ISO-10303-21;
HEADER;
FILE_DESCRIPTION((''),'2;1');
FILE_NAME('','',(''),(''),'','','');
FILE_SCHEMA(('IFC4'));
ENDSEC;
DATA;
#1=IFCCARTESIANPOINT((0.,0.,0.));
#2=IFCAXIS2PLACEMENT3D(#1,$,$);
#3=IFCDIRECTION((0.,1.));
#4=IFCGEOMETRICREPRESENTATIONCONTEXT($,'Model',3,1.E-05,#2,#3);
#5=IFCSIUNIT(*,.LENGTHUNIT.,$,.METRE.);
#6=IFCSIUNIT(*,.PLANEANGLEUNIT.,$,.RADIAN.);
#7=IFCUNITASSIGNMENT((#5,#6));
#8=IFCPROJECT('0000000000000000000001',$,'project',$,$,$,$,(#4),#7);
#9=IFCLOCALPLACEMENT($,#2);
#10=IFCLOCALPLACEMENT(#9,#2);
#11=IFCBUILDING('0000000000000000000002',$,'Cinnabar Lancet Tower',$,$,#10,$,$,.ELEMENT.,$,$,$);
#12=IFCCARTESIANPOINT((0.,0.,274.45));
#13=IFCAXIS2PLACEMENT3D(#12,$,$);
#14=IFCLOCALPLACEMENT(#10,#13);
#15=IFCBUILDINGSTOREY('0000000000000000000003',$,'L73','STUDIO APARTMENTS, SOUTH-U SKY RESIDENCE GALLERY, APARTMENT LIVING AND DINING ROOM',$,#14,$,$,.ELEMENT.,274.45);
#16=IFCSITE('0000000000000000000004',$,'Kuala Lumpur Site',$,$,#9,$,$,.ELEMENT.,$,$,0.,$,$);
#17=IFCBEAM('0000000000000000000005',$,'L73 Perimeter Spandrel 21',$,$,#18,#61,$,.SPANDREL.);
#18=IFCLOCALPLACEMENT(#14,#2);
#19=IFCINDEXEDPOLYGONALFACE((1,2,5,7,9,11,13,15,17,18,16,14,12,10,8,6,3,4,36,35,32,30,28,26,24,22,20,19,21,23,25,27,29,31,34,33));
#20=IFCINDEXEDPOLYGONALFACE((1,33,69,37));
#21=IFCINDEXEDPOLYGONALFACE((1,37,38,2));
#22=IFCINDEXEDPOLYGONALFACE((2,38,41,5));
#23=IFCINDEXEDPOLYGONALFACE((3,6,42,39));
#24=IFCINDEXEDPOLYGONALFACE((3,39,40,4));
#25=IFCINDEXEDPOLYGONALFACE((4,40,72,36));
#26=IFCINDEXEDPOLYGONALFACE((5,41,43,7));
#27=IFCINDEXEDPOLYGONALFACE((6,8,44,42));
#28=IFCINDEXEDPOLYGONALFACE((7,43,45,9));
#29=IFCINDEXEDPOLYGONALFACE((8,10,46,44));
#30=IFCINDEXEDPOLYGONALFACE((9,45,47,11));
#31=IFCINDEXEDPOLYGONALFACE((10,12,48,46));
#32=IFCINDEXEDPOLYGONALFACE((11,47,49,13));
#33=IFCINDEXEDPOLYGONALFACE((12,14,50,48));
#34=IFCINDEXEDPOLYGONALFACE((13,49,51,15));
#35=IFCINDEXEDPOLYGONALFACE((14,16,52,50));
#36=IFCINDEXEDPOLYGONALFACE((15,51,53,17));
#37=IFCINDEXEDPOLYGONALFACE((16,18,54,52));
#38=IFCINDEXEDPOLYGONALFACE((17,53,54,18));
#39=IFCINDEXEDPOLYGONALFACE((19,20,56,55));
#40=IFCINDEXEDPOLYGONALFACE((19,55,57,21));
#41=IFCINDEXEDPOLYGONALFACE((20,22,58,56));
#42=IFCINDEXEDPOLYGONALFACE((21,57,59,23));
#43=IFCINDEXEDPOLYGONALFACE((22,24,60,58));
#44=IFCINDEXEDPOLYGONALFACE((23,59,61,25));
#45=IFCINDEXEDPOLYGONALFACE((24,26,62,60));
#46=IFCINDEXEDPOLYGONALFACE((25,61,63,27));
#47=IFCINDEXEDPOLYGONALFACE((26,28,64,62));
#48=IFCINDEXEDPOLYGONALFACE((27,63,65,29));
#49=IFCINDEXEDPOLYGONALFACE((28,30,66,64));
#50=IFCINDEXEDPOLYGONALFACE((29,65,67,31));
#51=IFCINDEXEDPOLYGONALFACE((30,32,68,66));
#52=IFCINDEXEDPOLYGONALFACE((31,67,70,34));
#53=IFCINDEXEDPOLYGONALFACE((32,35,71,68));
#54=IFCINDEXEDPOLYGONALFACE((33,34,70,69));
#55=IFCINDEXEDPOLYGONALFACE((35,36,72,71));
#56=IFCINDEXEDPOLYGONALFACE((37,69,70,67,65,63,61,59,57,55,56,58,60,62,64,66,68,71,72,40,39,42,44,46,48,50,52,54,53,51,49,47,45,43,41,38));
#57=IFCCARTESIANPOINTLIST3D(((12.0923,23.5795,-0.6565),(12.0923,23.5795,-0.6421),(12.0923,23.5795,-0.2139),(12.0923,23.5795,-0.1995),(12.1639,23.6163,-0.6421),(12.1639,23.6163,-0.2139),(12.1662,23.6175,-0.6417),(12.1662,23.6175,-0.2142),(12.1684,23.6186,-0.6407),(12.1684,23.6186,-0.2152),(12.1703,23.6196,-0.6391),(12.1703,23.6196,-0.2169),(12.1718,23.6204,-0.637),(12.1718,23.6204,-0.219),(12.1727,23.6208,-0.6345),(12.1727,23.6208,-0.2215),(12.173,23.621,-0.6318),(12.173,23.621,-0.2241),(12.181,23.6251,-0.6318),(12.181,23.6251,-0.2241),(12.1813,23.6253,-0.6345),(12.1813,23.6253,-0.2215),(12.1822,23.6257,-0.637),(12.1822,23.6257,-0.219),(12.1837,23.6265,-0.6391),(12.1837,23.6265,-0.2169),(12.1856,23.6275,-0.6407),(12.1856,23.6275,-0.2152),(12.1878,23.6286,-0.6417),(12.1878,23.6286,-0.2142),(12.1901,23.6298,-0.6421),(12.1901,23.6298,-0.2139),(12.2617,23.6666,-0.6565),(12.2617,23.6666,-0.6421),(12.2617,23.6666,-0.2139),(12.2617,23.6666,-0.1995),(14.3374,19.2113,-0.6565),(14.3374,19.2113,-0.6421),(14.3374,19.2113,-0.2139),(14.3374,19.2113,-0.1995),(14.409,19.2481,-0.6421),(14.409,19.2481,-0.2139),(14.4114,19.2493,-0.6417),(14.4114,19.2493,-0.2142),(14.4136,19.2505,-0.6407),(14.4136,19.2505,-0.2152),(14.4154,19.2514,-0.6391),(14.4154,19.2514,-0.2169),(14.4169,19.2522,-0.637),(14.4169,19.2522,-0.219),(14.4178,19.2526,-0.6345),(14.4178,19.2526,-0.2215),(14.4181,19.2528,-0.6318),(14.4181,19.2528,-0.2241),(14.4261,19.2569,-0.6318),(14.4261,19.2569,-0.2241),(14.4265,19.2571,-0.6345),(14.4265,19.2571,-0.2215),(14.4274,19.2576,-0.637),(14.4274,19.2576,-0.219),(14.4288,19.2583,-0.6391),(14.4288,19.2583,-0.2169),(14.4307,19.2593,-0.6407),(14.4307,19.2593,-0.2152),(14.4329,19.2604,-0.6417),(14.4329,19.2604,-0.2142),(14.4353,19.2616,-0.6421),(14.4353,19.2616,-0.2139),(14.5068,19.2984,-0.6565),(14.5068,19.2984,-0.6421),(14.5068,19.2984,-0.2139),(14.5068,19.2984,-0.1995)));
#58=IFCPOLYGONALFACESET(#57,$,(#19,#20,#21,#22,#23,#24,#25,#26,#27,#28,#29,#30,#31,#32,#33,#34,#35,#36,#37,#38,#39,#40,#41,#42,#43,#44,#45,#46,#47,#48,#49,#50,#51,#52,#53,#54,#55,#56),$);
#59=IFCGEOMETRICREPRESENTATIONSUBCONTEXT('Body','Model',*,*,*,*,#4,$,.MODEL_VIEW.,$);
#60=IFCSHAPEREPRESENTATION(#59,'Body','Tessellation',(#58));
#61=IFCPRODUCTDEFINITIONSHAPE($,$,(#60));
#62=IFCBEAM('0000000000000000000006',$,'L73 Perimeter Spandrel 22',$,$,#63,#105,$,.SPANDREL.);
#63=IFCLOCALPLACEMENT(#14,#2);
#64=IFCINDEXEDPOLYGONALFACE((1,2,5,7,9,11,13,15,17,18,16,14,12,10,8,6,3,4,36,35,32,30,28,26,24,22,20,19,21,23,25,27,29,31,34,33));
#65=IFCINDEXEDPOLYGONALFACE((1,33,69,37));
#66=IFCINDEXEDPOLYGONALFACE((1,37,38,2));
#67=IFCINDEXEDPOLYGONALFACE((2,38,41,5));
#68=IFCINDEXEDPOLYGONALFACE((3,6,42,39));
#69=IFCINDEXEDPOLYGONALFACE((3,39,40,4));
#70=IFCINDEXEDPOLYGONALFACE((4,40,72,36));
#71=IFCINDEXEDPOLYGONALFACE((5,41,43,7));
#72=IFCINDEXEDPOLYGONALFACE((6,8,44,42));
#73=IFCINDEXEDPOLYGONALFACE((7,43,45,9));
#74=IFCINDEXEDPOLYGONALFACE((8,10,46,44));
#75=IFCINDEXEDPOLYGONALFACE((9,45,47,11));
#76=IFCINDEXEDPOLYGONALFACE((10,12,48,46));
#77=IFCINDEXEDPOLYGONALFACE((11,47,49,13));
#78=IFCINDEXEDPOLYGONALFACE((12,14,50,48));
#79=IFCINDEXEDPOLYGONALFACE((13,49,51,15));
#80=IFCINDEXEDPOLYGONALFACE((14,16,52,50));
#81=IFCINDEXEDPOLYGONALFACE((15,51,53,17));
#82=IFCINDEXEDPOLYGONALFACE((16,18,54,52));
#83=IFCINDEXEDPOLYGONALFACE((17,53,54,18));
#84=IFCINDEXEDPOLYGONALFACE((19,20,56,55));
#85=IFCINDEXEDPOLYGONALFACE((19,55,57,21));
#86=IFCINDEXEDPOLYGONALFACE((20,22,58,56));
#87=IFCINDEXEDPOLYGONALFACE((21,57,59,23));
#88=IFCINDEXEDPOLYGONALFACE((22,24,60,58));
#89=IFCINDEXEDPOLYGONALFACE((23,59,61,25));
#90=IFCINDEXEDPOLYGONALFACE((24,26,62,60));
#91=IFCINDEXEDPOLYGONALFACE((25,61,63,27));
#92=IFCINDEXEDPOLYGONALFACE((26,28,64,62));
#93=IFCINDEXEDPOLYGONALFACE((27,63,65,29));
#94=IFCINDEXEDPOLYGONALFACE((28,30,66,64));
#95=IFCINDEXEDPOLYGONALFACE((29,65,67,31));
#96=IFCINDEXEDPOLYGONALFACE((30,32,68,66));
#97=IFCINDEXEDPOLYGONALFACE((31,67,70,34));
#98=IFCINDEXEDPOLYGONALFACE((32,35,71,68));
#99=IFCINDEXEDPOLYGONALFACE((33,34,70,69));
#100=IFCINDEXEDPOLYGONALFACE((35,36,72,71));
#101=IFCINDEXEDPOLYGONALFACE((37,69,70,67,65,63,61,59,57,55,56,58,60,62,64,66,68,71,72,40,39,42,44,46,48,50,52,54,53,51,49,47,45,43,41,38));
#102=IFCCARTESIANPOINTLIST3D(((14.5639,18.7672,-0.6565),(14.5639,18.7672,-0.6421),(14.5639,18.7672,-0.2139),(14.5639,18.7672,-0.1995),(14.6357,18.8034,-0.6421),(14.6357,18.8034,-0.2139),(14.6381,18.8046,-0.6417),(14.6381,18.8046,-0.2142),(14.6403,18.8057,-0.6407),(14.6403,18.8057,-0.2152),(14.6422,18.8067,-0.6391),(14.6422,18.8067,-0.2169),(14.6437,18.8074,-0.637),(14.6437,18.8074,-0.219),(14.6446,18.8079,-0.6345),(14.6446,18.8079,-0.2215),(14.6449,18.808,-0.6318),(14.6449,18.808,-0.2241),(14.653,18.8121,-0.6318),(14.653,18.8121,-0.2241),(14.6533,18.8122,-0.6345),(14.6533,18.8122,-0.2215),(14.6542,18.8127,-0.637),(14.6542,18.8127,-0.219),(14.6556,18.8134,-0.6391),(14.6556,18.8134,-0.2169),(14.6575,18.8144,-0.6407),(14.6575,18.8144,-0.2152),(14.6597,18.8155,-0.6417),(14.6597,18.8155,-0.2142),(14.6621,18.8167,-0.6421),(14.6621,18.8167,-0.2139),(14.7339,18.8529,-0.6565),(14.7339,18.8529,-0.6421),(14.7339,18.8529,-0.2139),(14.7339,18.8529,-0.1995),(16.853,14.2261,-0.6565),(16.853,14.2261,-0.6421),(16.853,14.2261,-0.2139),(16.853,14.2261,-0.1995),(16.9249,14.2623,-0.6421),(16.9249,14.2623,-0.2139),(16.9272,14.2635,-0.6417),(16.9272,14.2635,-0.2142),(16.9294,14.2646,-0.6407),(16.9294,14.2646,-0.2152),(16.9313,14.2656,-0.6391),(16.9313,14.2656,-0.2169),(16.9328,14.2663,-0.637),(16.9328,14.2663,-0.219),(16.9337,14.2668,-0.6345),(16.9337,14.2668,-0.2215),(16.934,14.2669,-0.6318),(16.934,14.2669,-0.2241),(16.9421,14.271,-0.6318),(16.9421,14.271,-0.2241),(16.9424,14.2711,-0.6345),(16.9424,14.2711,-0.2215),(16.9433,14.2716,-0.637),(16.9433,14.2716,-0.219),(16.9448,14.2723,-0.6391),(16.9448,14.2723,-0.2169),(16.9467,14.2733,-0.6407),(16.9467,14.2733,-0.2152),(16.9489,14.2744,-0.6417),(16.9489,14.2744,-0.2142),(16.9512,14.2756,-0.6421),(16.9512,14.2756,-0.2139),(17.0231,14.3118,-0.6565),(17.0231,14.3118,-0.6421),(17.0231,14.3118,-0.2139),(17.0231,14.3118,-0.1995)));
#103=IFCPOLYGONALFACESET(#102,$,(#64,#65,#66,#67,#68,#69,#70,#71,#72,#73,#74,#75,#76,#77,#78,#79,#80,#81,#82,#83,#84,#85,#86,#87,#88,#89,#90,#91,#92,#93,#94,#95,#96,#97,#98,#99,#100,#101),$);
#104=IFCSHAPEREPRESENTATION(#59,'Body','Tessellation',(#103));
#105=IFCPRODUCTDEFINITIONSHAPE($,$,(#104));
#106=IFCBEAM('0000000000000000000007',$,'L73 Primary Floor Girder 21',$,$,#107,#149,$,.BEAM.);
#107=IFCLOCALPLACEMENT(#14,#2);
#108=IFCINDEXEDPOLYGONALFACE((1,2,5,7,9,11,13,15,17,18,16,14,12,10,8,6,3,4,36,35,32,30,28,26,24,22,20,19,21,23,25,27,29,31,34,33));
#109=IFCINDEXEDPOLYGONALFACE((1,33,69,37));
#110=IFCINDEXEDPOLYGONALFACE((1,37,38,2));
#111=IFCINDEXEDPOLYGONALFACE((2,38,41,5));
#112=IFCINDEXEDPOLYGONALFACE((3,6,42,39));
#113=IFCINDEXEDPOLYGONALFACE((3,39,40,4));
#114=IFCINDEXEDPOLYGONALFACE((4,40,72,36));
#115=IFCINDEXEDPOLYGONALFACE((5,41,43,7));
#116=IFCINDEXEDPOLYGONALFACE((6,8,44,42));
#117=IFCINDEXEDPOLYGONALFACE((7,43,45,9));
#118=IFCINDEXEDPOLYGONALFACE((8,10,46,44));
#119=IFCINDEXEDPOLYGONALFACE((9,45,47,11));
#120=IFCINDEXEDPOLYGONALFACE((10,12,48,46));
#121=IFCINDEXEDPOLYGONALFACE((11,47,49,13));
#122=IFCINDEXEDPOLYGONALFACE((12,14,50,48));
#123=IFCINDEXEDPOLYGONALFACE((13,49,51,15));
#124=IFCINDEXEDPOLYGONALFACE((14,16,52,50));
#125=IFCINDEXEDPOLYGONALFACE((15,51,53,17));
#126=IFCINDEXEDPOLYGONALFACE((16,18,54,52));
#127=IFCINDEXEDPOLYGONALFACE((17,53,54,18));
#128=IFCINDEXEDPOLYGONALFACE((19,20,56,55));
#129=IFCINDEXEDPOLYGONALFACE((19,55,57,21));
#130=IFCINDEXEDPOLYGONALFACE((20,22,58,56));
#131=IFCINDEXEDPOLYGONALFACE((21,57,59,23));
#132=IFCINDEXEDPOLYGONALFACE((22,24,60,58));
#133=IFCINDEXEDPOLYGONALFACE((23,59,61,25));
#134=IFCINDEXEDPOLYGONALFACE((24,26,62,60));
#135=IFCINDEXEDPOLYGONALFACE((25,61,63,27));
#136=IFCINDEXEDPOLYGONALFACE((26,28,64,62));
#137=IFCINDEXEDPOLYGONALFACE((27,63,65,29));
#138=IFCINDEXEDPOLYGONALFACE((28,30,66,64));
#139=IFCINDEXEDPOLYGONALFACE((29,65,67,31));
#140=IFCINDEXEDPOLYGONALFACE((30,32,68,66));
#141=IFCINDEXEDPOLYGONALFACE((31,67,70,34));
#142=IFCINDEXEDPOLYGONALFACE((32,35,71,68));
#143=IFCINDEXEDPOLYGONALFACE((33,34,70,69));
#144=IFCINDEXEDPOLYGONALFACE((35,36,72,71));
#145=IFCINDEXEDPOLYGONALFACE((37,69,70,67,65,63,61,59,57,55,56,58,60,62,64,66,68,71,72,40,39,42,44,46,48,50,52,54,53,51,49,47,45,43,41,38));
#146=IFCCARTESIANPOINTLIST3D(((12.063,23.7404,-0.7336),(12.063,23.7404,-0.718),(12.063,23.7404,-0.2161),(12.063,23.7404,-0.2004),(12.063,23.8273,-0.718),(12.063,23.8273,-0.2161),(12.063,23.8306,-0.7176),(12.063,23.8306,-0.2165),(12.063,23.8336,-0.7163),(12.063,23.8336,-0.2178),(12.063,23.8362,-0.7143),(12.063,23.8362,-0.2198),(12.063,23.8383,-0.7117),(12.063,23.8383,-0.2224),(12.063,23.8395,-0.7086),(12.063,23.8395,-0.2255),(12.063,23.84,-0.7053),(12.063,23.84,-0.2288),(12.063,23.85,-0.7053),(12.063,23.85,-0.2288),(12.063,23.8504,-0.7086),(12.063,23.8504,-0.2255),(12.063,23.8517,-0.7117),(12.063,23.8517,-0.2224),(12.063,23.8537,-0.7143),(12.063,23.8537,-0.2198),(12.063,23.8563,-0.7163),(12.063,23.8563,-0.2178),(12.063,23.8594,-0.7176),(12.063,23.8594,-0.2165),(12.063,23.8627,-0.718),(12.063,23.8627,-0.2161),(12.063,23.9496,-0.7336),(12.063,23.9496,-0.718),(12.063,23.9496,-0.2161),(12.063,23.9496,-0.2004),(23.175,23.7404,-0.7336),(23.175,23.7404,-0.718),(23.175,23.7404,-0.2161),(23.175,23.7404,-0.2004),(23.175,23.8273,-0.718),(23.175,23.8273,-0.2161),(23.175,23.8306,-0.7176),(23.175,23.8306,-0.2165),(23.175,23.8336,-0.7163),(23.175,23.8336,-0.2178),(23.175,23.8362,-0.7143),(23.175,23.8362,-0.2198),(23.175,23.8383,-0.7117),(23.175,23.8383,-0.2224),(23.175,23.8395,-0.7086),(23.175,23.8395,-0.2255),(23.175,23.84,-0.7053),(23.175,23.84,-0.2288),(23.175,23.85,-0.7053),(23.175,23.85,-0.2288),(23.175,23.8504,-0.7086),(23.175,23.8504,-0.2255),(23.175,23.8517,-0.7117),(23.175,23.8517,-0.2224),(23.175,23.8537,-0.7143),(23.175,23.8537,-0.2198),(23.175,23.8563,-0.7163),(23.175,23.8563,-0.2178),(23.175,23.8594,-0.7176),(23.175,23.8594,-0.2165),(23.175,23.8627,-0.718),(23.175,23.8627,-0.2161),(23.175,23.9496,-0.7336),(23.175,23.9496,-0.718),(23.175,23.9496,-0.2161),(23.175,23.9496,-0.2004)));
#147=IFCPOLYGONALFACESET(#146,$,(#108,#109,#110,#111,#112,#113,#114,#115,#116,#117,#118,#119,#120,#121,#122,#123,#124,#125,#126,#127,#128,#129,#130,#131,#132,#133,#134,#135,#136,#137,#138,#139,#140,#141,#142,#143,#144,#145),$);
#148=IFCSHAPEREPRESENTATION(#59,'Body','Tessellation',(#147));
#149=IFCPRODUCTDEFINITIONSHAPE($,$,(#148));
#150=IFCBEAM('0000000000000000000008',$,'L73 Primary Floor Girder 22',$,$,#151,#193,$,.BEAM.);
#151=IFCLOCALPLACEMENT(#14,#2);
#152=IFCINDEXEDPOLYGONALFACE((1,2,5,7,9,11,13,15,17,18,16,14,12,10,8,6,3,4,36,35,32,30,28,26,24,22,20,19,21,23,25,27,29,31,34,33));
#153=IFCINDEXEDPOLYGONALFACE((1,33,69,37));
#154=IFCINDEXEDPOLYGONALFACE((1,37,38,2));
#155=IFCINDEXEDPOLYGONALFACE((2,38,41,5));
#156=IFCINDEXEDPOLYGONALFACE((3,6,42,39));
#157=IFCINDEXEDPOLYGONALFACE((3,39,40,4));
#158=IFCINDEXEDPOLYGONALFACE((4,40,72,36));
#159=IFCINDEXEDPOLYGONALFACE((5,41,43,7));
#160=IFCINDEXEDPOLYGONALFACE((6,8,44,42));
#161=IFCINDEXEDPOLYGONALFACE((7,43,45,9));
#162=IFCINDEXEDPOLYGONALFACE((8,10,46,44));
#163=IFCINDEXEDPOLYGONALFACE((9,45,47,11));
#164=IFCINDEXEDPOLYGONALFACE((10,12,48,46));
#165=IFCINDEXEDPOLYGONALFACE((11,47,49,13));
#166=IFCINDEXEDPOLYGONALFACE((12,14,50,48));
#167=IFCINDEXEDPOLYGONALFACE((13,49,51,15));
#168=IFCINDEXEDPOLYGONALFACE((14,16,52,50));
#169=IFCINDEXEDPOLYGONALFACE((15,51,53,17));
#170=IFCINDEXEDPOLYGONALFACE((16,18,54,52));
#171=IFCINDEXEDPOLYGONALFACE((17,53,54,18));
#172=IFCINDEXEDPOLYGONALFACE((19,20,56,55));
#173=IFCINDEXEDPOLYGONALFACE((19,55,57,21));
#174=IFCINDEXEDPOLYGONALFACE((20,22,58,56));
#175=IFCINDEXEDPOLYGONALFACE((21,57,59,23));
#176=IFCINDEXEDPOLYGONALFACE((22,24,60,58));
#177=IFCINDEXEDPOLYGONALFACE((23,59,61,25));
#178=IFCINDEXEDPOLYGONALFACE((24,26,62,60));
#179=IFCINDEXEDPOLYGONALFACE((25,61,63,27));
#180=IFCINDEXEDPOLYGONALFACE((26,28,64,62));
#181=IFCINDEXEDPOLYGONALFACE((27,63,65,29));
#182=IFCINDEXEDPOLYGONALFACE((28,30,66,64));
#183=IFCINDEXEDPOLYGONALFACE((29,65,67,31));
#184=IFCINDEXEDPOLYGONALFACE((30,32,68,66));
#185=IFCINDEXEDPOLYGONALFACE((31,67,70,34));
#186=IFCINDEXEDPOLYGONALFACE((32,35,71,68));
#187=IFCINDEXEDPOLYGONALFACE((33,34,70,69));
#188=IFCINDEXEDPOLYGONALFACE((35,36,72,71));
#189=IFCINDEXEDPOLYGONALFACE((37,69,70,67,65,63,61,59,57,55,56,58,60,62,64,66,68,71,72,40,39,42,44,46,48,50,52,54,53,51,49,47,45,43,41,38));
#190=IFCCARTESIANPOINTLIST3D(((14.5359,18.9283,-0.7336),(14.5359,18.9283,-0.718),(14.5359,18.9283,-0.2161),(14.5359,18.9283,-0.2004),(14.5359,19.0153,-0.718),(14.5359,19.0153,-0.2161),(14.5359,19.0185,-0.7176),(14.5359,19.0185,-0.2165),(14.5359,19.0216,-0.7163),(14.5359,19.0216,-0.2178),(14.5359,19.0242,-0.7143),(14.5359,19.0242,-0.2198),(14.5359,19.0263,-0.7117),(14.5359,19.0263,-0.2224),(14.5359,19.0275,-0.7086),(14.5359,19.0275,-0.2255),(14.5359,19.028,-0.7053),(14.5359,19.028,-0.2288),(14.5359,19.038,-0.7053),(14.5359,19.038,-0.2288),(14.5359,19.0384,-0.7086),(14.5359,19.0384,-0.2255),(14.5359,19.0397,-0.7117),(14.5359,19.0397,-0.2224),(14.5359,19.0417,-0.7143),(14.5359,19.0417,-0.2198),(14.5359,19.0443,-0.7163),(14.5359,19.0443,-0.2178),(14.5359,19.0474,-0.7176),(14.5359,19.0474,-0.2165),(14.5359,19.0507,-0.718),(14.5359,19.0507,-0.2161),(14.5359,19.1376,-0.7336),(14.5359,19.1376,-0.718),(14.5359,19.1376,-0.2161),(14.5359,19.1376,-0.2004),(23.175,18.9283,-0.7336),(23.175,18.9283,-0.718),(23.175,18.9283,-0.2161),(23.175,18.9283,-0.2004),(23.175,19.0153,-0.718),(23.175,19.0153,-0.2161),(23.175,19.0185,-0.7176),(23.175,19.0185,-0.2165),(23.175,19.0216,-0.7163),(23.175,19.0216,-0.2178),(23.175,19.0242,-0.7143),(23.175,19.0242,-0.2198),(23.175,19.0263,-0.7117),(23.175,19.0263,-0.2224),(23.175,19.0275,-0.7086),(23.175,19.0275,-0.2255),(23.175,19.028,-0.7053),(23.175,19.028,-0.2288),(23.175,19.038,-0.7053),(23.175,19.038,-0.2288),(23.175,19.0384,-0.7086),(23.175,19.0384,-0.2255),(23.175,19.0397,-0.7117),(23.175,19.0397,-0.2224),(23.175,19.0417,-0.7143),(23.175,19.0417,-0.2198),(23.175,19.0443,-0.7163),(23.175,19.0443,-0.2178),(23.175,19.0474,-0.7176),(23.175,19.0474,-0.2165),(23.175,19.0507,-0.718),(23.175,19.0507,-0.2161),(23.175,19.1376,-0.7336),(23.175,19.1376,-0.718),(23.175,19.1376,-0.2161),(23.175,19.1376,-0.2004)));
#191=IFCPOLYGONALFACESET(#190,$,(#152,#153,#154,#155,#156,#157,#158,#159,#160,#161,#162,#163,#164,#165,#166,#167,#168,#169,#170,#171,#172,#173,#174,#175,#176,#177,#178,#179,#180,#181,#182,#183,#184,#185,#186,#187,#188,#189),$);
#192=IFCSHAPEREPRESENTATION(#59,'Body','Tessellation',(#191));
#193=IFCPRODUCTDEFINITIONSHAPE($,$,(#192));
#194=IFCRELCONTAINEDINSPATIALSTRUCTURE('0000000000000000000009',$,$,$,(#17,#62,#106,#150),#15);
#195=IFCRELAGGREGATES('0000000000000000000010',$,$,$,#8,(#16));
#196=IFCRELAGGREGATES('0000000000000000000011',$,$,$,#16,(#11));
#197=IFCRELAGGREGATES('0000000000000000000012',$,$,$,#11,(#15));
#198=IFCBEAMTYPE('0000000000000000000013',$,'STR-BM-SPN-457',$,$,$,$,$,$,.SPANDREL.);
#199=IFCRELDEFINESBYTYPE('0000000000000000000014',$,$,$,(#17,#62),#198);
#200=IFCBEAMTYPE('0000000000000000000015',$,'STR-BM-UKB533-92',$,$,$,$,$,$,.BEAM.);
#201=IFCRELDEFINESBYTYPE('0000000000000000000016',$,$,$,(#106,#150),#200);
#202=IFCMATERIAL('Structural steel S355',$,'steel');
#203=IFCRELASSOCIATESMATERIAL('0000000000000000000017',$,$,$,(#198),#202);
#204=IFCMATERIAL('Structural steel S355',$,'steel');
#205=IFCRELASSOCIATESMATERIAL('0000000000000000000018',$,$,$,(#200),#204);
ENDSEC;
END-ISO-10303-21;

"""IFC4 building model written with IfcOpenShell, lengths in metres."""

from ifc_helpers import new_model, si_unit, direction, frame, origin, origin_2d, place, context, subcontext, project, spatial, i_section, extrude, material, material_profile, profile_set, type_object, element, save


model = new_model("IFC4")

# Units and contexts
model_context = context("Model", 3, precision=1e-05, world=origin(), true_north=direction((0.0, 1.0)))
body_context = subcontext(model_context, "Body", "Model", "MODEL_VIEW")
ifc_project = project(units=[si_unit("LENGTHUNIT", "METRE"), si_unit("PLANEANGLEUNIT", "RADIAN")], contexts=[model_context])

# Site, building, storey
site_placement = place(None, origin())
site = spatial("IfcSite", under=ifc_project, at=site_placement, Name="Kuala Lumpur Site", CompositionType="ELEMENT", RefElevation=0.0)
building_placement = place(site_placement, origin())
building = spatial("IfcBuilding", under=site, at=building_placement, Name="Cinnabar Lancet Tower", CompositionType="ELEMENT")
storey_placement = place(building_placement, frame((0.0, 0.0, 274.45)))
storey = spatial("IfcBuildingStorey", under=building, at=storey_placement, Name="L73", Description="STUDIO APARTMENTS, SOUTH-U SKY RESIDENCE GALLERY, APARTMENT LIVING AND DINING ROOM", CompositionType="ELEMENT", Elevation=274.45)

# Beams
ifc_material_1 = material(Name="Structural steel S355", Category="steel")
ifc_material_profile_1 = material_profile(ifc_material_1, i_section(OverallWidth=0.1904, OverallDepth=0.457, WebThickness=0.009, FlangeThickness=0.0144, FilletRadius=0.0103, at=origin_2d()), Name="UKB 457x191x74")
ifc_profile_set_1 = profile_set([ifc_material_profile_1], Name="Structural steel S355")
beam_type_1 = type_object("IfcBeamType", Name="STR-BM-SPN-457", PredefinedType="SPANDREL", material=ifc_profile_set_1)
beam_1_placement = place(storey_placement, frame((12.177, 23.623, -0.428), z_axis=(0.457128, -0.889401, 0.0), x_axis=(0.889401, 0.457128, 0.0)))
element("IfcBeam", 1, at=beam_1_placement, inside=storey, type_object=beam_type_1, Name="L73 Perimeter Spandrel 21", PredefinedType="SPANDREL", context=body_context, shape_type="SweptSolid", body=[
    extrude(i_section(OverallWidth=0.1904, OverallDepth=0.457, WebThickness=0.009, FlangeThickness=0.0144, FilletRadius=0.0103, at=origin_2d()), origin(), (0.0, 0.0, 1.0), 4.9114),
])
beam_2_placement = place(storey_placement, frame((14.6489, 18.8101, -0.428), z_axis=(0.45013, -0.892963, 0.0), x_axis=(0.892963, 0.45013, 0.0)))
element("IfcBeam", 2, at=beam_2_placement, inside=storey, type_object=beam_type_1, Name="L73 Perimeter Spandrel 22", PredefinedType="SPANDREL", context=body_context, shape_type="SweptSolid", body=[
    extrude(i_section(OverallWidth=0.1904, OverallDepth=0.457, WebThickness=0.009, FlangeThickness=0.0144, FilletRadius=0.0103, at=origin_2d()), origin(), (0.0, 0.0, 1.0), 5.0854),
])
ifc_material_2 = material(Name="Structural steel S355", Category="steel")
ifc_material_profile_2 = material_profile(ifc_material_2, i_section(OverallWidth=0.2092, OverallDepth=0.5332, WebThickness=0.01, FlangeThickness=0.0156, FilletRadius=0.0127, at=origin_2d()), Name="UKB 533x210x92")
ifc_profile_set_2 = profile_set([ifc_material_profile_2], Name="Structural steel S355")
beam_type_2 = type_object("IfcBeamType", Name="STR-BM-UKB533-92", PredefinedType="BEAM", material=ifc_profile_set_2)
beam_3_placement = place(storey_placement, frame((12.063, 23.845, -0.467), z_axis=(1.0, 0.0, 0.0), x_axis=(0.0, 1.0, 0.0)))
element("IfcBeam", 3, at=beam_3_placement, inside=storey, type_object=beam_type_2, Name="L73 Primary Floor Girder 21", PredefinedType="BEAM", context=body_context, shape_type="SweptSolid", body=[
    extrude(i_section(OverallWidth=0.2092, OverallDepth=0.5332, WebThickness=0.01, FlangeThickness=0.0156, FilletRadius=0.0127, at=origin_2d()), origin(), (0.0, 0.0, 1.0), 11.1121),
])
beam_4_placement = place(storey_placement, frame((14.5359, 19.033, -0.467), z_axis=(1.0, 0.0, 0.0), x_axis=(0.0, 1.0, 0.0)))
element("IfcBeam", 4, at=beam_4_placement, inside=storey, type_object=beam_type_2, Name="L73 Primary Floor Girder 22", PredefinedType="BEAM", context=body_context, shape_type="SweptSolid", body=[
    extrude(i_section(OverallWidth=0.2092, OverallDepth=0.5332, WebThickness=0.01, FlangeThickness=0.0156, FilletRadius=0.0127, at=origin_2d()), origin(), (0.0, 0.0, 1.0), 8.6392),
])

save(model, "model.ifc")
